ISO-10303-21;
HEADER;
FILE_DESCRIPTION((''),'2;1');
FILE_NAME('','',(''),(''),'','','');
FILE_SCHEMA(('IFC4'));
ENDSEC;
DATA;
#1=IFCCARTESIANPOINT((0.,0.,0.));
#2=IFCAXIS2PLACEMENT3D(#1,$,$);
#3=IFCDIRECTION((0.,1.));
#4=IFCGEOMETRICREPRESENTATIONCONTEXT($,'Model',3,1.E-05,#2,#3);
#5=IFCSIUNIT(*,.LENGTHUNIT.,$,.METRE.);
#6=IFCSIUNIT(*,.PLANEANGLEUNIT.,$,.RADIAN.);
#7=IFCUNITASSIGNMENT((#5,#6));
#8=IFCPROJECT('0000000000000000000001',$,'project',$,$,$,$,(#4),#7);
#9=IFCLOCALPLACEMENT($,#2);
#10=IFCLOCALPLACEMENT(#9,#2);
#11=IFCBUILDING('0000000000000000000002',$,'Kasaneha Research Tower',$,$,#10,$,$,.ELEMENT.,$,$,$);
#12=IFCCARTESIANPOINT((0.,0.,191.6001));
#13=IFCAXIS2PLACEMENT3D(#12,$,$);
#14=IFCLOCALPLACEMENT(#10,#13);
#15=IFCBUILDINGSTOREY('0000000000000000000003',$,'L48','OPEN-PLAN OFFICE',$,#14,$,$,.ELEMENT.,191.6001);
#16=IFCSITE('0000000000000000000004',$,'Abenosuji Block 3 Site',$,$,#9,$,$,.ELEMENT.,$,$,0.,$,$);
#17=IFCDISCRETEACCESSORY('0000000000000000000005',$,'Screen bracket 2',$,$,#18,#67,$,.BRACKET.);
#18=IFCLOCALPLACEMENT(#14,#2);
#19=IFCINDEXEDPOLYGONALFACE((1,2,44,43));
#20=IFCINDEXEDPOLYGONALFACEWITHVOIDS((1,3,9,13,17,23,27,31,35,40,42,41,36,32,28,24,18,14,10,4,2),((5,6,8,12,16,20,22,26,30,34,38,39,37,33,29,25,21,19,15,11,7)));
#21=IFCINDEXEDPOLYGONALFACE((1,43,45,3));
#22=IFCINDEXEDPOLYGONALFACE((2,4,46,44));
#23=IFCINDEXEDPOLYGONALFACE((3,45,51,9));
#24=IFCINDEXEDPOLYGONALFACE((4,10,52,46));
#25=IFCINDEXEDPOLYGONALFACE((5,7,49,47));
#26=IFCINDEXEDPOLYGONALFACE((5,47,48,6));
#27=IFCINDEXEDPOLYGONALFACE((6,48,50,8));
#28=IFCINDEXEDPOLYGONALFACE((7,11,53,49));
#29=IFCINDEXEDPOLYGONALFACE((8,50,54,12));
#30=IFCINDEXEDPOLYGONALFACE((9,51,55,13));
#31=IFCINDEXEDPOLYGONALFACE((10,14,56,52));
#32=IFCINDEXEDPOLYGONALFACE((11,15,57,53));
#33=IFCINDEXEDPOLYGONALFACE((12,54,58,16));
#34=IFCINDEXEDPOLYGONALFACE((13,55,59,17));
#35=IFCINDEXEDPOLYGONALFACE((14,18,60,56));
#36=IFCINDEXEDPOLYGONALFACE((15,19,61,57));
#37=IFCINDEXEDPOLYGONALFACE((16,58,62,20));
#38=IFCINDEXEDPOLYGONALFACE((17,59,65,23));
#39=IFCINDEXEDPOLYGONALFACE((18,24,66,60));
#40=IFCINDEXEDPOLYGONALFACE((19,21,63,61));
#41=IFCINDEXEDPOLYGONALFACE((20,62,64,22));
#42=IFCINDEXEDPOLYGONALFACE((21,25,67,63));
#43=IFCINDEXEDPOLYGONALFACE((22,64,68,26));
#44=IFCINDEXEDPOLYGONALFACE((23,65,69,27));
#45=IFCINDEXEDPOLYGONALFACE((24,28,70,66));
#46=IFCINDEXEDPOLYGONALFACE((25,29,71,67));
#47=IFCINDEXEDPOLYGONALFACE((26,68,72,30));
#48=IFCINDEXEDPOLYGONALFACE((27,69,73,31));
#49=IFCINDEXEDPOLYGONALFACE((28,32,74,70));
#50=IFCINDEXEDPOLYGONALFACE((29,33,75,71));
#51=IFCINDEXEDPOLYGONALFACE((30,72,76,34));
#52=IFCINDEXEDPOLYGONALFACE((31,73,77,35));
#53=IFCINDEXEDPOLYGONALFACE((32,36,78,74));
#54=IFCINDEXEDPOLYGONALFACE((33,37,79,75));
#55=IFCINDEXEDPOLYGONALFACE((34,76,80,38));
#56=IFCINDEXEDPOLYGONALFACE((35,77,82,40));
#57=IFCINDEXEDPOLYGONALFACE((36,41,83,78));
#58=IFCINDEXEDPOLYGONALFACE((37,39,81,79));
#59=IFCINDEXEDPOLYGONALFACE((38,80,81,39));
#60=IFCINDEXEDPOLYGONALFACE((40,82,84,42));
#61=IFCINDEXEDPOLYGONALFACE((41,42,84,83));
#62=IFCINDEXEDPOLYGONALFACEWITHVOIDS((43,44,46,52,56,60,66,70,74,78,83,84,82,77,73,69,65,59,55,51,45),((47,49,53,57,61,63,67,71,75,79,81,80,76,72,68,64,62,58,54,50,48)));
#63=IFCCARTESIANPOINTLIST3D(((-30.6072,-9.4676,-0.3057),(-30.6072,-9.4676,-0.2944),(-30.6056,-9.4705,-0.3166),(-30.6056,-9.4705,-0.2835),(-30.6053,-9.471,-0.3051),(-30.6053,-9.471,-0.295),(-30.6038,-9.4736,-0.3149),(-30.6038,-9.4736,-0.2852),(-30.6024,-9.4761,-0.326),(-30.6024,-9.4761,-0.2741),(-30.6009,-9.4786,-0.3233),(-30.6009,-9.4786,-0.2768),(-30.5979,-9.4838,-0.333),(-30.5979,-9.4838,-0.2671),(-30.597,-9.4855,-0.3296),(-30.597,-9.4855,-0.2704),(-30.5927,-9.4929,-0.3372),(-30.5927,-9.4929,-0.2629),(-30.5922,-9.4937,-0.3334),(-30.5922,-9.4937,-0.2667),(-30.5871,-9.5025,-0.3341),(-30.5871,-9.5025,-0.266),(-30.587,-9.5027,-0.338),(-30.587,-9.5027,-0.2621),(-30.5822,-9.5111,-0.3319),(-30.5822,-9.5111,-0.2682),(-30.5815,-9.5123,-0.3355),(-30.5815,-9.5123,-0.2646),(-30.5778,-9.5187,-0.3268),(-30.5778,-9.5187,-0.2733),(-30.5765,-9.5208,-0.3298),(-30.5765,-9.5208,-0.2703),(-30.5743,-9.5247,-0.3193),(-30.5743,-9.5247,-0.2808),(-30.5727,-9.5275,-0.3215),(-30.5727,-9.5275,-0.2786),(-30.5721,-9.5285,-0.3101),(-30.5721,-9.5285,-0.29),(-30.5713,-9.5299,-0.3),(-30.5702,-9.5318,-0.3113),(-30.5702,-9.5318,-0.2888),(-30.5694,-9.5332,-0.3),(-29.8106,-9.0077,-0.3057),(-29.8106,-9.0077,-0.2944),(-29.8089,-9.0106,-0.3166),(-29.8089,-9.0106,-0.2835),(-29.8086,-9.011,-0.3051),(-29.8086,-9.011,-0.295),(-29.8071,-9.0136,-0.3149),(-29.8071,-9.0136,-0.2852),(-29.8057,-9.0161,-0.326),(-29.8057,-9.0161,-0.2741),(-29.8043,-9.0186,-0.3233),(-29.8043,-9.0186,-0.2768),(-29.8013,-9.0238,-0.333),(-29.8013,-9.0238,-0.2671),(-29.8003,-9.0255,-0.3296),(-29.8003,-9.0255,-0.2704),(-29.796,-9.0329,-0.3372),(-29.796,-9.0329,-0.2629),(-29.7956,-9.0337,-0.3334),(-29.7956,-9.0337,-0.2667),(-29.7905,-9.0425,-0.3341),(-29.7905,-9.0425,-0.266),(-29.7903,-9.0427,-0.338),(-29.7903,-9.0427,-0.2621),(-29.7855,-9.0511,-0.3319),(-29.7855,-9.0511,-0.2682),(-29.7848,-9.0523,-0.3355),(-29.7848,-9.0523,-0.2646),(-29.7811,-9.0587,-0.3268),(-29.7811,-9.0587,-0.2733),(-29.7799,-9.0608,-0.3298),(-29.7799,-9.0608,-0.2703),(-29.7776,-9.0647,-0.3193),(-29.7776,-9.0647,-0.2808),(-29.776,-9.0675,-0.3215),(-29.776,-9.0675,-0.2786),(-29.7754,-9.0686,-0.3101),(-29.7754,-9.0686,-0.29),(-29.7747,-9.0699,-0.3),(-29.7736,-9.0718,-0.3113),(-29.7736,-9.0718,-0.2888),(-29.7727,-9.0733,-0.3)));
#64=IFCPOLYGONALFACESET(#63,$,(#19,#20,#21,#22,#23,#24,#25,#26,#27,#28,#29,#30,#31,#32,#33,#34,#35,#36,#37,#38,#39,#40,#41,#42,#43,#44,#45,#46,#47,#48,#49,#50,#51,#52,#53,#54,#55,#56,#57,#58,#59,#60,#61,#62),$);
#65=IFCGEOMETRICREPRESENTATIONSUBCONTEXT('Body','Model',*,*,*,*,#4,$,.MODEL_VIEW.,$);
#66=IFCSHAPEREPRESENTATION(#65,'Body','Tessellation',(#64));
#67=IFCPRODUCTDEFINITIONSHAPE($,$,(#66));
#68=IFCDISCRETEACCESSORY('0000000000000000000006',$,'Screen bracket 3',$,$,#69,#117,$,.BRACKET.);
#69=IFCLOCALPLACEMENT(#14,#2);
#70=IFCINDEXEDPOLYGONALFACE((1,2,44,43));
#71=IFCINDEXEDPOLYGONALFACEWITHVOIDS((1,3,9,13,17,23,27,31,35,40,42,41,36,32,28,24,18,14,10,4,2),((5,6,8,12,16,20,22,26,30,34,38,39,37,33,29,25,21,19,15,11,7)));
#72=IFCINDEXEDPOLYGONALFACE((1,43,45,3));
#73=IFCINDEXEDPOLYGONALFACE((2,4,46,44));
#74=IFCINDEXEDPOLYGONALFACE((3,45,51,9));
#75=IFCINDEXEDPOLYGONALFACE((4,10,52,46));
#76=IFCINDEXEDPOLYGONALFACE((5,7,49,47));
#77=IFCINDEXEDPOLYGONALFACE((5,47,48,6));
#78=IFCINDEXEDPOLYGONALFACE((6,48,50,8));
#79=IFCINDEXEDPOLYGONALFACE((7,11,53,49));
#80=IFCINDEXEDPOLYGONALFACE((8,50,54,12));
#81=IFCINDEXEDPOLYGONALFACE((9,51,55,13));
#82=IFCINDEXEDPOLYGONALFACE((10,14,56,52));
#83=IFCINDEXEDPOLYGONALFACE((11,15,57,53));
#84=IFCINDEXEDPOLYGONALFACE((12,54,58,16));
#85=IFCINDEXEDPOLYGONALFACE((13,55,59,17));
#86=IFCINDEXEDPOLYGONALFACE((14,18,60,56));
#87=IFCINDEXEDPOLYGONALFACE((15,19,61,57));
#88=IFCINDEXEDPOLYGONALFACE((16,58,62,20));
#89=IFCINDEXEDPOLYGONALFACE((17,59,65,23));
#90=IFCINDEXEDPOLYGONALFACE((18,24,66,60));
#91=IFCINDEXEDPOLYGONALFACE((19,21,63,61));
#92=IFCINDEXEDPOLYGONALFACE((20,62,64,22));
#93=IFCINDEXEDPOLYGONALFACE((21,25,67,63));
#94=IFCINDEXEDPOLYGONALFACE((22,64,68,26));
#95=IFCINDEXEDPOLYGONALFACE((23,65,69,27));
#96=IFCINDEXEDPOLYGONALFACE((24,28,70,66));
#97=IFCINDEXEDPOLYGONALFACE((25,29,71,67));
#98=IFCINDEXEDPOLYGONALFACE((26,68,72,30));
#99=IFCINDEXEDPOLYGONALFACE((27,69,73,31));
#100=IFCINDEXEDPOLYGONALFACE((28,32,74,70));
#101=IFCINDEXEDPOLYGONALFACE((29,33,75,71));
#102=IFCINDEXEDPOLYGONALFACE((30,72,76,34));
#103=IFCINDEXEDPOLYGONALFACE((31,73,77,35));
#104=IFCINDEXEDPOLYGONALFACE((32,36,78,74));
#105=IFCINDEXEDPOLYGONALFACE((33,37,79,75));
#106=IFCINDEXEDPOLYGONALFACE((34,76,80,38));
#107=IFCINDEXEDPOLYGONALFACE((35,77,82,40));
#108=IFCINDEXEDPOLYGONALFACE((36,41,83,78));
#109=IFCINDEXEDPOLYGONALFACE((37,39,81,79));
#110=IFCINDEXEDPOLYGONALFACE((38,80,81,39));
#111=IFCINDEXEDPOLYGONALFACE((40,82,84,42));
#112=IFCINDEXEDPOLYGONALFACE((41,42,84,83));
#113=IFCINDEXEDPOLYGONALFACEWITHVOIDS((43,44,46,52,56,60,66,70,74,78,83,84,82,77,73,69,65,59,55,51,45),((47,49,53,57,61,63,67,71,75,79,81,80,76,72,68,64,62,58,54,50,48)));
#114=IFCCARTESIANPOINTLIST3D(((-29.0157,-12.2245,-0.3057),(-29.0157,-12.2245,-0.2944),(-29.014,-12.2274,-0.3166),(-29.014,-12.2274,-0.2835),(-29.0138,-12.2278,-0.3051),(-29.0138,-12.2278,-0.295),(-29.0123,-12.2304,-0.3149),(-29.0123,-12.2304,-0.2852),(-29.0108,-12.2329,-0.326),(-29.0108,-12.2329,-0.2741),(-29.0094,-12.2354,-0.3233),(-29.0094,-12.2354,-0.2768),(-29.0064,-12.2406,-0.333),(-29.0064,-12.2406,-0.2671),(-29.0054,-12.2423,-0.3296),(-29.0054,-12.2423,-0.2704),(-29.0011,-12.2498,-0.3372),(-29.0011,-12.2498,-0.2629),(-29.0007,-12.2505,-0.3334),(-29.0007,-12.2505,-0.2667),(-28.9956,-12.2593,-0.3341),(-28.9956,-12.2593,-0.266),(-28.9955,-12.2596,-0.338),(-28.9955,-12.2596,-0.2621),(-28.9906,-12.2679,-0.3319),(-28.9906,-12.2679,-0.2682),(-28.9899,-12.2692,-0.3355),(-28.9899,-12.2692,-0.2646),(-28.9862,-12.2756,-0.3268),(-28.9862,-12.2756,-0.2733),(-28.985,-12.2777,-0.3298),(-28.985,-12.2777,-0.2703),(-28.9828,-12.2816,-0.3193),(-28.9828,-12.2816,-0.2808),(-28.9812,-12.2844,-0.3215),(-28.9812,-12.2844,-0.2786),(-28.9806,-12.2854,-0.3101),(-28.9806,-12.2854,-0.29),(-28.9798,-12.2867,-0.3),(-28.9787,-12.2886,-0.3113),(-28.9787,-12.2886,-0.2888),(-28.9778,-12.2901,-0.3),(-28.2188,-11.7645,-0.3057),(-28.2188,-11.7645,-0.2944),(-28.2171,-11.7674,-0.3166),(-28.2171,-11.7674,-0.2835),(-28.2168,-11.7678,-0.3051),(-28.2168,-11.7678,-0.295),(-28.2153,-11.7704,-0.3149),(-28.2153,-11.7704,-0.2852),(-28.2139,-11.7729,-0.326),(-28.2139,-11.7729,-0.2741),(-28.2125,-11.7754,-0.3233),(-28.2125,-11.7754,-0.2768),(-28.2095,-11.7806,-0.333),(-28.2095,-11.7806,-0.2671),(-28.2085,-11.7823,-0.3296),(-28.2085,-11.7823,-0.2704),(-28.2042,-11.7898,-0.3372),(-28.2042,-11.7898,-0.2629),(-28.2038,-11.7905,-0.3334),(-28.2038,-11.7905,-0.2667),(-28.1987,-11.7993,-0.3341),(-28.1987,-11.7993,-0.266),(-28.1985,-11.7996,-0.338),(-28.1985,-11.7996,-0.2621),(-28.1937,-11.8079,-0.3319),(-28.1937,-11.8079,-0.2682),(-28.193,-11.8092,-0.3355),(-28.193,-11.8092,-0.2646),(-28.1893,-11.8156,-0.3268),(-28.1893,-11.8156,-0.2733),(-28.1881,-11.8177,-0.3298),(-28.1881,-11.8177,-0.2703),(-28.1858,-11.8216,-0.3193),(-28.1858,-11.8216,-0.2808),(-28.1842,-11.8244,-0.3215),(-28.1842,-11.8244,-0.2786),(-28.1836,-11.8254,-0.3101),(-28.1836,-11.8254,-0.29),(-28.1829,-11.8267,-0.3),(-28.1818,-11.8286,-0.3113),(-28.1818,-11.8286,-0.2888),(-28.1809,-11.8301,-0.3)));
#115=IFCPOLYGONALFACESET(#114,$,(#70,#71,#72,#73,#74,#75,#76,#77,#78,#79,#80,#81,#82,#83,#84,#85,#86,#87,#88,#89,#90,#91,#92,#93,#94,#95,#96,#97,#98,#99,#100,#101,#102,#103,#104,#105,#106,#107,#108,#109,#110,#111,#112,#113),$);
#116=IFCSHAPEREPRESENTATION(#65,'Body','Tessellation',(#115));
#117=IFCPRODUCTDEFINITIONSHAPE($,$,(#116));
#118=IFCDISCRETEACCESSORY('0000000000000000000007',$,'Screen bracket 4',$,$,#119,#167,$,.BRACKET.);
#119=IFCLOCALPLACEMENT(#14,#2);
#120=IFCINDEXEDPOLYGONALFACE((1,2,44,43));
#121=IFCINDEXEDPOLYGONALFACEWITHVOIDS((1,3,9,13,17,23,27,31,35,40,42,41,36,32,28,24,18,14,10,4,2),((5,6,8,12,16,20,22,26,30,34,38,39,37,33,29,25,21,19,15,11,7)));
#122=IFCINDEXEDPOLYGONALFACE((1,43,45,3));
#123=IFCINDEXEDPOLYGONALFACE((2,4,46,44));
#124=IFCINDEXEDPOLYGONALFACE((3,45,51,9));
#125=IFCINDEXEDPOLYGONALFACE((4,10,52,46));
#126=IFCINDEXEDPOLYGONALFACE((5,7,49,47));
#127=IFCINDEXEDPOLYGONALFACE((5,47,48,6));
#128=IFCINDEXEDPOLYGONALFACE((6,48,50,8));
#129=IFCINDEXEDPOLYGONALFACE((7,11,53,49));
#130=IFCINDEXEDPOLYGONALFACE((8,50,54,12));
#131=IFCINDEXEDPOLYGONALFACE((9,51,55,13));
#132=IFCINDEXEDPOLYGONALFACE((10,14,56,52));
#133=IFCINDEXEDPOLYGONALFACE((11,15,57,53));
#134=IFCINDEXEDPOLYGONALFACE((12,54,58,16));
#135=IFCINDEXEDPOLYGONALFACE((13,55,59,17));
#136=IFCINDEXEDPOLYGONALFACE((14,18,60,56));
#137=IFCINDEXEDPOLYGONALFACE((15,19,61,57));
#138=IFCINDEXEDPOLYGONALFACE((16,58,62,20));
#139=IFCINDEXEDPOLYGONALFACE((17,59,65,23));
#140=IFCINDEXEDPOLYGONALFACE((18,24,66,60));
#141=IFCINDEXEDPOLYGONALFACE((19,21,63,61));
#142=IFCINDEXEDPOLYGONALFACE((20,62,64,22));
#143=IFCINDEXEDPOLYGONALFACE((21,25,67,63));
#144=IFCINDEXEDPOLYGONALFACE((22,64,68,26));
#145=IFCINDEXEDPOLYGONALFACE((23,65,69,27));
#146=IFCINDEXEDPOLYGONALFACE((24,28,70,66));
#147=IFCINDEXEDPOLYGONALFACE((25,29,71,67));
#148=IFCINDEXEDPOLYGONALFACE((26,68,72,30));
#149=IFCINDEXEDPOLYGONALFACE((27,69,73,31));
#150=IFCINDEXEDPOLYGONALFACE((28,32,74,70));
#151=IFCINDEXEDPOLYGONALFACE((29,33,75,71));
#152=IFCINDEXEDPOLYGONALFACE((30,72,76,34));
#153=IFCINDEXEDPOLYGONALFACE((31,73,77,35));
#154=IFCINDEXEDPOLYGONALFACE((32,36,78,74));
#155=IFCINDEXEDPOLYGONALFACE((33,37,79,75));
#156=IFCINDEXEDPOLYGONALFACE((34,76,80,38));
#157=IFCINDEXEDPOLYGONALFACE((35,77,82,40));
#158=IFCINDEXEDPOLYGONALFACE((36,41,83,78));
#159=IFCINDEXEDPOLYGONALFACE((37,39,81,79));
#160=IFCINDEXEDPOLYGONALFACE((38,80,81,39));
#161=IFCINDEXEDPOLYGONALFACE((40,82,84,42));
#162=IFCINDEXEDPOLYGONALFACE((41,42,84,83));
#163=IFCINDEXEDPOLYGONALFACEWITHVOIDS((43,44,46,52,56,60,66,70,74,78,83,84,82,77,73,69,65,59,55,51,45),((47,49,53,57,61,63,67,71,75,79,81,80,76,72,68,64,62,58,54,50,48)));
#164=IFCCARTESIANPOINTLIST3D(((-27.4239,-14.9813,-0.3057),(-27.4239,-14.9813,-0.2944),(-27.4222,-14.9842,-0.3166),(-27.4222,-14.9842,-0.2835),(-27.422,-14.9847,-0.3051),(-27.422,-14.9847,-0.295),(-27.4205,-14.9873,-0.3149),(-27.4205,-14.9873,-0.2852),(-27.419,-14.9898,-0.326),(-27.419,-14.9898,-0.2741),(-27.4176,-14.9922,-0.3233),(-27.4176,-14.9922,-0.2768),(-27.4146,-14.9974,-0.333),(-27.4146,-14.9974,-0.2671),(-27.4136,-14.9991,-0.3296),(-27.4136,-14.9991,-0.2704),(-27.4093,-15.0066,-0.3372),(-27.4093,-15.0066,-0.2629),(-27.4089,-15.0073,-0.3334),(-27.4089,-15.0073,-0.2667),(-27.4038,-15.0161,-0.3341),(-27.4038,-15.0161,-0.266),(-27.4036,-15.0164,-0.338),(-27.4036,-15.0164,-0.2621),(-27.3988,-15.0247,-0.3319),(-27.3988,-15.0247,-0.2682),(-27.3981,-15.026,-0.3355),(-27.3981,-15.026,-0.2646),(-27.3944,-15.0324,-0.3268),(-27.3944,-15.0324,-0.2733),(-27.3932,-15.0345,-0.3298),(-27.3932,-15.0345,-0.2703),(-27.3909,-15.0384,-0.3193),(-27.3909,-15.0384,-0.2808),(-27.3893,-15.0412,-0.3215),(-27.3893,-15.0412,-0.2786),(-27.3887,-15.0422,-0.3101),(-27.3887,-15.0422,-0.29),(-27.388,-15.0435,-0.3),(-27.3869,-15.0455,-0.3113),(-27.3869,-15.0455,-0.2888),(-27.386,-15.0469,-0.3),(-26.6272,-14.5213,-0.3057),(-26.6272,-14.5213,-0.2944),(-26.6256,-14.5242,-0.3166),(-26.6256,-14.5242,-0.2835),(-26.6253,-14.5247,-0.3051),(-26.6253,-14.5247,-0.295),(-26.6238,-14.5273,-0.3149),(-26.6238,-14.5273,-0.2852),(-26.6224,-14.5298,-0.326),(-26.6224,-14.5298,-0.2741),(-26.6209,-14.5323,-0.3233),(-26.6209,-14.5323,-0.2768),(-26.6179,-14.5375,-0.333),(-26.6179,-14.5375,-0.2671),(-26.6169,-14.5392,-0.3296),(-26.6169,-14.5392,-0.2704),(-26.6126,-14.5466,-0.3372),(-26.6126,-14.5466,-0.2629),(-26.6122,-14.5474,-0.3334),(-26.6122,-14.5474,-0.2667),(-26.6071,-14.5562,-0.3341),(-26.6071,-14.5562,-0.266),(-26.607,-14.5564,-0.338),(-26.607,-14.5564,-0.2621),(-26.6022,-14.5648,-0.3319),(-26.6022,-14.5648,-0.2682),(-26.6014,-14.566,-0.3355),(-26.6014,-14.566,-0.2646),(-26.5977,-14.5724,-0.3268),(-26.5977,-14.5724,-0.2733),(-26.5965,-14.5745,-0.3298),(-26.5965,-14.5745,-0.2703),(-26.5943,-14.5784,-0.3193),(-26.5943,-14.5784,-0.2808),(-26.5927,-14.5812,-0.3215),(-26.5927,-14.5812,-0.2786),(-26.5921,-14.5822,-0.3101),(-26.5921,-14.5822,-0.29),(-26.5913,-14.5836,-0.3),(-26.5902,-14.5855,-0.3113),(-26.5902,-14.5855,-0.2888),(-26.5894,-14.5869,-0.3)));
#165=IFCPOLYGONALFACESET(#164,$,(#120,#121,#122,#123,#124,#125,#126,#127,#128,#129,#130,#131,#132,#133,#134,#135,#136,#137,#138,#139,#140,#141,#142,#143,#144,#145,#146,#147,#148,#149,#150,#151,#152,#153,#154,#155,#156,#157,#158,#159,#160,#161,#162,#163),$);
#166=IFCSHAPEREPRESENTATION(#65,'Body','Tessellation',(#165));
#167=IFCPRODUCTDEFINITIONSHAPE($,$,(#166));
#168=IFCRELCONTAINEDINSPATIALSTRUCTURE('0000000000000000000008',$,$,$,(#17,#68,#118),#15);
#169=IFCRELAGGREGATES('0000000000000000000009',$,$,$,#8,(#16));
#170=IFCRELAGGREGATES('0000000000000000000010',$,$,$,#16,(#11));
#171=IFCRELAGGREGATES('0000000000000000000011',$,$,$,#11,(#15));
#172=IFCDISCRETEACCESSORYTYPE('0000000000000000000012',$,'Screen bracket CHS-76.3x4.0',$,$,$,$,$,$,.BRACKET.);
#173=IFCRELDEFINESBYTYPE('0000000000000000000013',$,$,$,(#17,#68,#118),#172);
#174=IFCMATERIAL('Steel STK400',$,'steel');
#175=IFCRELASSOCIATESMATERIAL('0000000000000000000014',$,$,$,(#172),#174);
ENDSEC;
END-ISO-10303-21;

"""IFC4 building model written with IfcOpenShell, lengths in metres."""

from ifc_helpers import new_model, si_unit, direction, frame, origin, origin_2d, place, context, subcontext, project, spatial, hollow_circle, extrude, material, material_profile, profile_set, type_object, element, save


model = new_model("IFC4")

# Units and contexts
model_context = context("Model", 3, precision=1e-05, world=origin(), true_north=direction((0.0, 1.0)))
body_context = subcontext(model_context, "Body", "Model", "MODEL_VIEW")
ifc_project = project(units=[si_unit("LENGTHUNIT", "METRE"), si_unit("PLANEANGLEUNIT", "RADIAN")], contexts=[model_context])

# Site, building, storey
site_placement = place(None, origin())
site = spatial("IfcSite", under=ifc_project, at=site_placement, Name="Abenosuji Block 3 Site", CompositionType="ELEMENT", RefElevation=0.0)
building_placement = place(site_placement, origin())
building = spatial("IfcBuilding", under=site, at=building_placement, Name="Kasaneha Research Tower", CompositionType="ELEMENT")
storey_placement = place(building_placement, frame((0.0, 0.0, 191.6001)))
storey = spatial("IfcBuildingStorey", under=building, at=storey_placement, Name="L48", Description="OPEN-PLAN OFFICE", CompositionType="ELEMENT", Elevation=191.6001)

# Discrete accessories
ifc_material_1 = material(Name="Steel STK400", Category="steel")
ifc_material_profile_1 = material_profile(ifc_material_1, hollow_circle(Radius=0.0381, WallThickness=0.0039, at=origin_2d()), Name="CHS-76.3x4.0")
ifc_profile_set_1 = profile_set([ifc_material_profile_1], Name="Steel STK400")
discrete_accessory_type = type_object("IfcDiscreteAccessoryType", Name="Screen bracket CHS-76.3x4.0", PredefinedType="BRACKET", material=ifc_profile_set_1)
discrete_accessory_1_placement = place(storey_placement, frame((-29.7917, -9.0403, -0.3), z_axis=(-0.866013, -0.500021, 0.0), x_axis=(0.500021, -0.866013, 0.0)))
element("IfcDiscreteAccessory", 1, at=discrete_accessory_1_placement, inside=storey, type_object=discrete_accessory_type, Name="Screen bracket 2", PredefinedType="BRACKET", context=body_context, shape_type="SweptSolid", body=[
    extrude(hollow_circle(Radius=0.0381, WallThickness=0.0039, at=origin_2d()), origin(), (0.0, 0.0, 1.0), 0.9199),
])
discrete_accessory_2_placement = place(storey_placement, frame((-28.2, -11.7971, -0.3), z_axis=(-0.86608, -0.499906, 0.0), x_axis=(0.499906, -0.86608, 0.0)))
element("IfcDiscreteAccessory", 2, at=discrete_accessory_2_placement, inside=storey, type_object=discrete_accessory_type, Name="Screen bracket 3", PredefinedType="BRACKET", context=body_context, shape_type="SweptSolid", body=[
    extrude(hollow_circle(Radius=0.0381, WallThickness=0.0039, at=origin_2d()), origin(), (0.0, 0.0, 1.0), 0.9202),
])
discrete_accessory_3_placement = place(storey_placement, frame((-26.6084, -14.554, -0.3), z_axis=(-0.866013, -0.500021, 0.0), x_axis=(0.500021, -0.866013, 0.0)))
element("IfcDiscreteAccessory", 3, at=discrete_accessory_3_placement, inside=storey, type_object=discrete_accessory_type, Name="Screen bracket 4", PredefinedType="BRACKET", context=body_context, shape_type="SweptSolid", body=[
    extrude(hollow_circle(Radius=0.0381, WallThickness=0.0039, at=origin_2d()), origin(), (0.0, 0.0, 1.0), 0.9199),
])

save(model, "model.ifc")
